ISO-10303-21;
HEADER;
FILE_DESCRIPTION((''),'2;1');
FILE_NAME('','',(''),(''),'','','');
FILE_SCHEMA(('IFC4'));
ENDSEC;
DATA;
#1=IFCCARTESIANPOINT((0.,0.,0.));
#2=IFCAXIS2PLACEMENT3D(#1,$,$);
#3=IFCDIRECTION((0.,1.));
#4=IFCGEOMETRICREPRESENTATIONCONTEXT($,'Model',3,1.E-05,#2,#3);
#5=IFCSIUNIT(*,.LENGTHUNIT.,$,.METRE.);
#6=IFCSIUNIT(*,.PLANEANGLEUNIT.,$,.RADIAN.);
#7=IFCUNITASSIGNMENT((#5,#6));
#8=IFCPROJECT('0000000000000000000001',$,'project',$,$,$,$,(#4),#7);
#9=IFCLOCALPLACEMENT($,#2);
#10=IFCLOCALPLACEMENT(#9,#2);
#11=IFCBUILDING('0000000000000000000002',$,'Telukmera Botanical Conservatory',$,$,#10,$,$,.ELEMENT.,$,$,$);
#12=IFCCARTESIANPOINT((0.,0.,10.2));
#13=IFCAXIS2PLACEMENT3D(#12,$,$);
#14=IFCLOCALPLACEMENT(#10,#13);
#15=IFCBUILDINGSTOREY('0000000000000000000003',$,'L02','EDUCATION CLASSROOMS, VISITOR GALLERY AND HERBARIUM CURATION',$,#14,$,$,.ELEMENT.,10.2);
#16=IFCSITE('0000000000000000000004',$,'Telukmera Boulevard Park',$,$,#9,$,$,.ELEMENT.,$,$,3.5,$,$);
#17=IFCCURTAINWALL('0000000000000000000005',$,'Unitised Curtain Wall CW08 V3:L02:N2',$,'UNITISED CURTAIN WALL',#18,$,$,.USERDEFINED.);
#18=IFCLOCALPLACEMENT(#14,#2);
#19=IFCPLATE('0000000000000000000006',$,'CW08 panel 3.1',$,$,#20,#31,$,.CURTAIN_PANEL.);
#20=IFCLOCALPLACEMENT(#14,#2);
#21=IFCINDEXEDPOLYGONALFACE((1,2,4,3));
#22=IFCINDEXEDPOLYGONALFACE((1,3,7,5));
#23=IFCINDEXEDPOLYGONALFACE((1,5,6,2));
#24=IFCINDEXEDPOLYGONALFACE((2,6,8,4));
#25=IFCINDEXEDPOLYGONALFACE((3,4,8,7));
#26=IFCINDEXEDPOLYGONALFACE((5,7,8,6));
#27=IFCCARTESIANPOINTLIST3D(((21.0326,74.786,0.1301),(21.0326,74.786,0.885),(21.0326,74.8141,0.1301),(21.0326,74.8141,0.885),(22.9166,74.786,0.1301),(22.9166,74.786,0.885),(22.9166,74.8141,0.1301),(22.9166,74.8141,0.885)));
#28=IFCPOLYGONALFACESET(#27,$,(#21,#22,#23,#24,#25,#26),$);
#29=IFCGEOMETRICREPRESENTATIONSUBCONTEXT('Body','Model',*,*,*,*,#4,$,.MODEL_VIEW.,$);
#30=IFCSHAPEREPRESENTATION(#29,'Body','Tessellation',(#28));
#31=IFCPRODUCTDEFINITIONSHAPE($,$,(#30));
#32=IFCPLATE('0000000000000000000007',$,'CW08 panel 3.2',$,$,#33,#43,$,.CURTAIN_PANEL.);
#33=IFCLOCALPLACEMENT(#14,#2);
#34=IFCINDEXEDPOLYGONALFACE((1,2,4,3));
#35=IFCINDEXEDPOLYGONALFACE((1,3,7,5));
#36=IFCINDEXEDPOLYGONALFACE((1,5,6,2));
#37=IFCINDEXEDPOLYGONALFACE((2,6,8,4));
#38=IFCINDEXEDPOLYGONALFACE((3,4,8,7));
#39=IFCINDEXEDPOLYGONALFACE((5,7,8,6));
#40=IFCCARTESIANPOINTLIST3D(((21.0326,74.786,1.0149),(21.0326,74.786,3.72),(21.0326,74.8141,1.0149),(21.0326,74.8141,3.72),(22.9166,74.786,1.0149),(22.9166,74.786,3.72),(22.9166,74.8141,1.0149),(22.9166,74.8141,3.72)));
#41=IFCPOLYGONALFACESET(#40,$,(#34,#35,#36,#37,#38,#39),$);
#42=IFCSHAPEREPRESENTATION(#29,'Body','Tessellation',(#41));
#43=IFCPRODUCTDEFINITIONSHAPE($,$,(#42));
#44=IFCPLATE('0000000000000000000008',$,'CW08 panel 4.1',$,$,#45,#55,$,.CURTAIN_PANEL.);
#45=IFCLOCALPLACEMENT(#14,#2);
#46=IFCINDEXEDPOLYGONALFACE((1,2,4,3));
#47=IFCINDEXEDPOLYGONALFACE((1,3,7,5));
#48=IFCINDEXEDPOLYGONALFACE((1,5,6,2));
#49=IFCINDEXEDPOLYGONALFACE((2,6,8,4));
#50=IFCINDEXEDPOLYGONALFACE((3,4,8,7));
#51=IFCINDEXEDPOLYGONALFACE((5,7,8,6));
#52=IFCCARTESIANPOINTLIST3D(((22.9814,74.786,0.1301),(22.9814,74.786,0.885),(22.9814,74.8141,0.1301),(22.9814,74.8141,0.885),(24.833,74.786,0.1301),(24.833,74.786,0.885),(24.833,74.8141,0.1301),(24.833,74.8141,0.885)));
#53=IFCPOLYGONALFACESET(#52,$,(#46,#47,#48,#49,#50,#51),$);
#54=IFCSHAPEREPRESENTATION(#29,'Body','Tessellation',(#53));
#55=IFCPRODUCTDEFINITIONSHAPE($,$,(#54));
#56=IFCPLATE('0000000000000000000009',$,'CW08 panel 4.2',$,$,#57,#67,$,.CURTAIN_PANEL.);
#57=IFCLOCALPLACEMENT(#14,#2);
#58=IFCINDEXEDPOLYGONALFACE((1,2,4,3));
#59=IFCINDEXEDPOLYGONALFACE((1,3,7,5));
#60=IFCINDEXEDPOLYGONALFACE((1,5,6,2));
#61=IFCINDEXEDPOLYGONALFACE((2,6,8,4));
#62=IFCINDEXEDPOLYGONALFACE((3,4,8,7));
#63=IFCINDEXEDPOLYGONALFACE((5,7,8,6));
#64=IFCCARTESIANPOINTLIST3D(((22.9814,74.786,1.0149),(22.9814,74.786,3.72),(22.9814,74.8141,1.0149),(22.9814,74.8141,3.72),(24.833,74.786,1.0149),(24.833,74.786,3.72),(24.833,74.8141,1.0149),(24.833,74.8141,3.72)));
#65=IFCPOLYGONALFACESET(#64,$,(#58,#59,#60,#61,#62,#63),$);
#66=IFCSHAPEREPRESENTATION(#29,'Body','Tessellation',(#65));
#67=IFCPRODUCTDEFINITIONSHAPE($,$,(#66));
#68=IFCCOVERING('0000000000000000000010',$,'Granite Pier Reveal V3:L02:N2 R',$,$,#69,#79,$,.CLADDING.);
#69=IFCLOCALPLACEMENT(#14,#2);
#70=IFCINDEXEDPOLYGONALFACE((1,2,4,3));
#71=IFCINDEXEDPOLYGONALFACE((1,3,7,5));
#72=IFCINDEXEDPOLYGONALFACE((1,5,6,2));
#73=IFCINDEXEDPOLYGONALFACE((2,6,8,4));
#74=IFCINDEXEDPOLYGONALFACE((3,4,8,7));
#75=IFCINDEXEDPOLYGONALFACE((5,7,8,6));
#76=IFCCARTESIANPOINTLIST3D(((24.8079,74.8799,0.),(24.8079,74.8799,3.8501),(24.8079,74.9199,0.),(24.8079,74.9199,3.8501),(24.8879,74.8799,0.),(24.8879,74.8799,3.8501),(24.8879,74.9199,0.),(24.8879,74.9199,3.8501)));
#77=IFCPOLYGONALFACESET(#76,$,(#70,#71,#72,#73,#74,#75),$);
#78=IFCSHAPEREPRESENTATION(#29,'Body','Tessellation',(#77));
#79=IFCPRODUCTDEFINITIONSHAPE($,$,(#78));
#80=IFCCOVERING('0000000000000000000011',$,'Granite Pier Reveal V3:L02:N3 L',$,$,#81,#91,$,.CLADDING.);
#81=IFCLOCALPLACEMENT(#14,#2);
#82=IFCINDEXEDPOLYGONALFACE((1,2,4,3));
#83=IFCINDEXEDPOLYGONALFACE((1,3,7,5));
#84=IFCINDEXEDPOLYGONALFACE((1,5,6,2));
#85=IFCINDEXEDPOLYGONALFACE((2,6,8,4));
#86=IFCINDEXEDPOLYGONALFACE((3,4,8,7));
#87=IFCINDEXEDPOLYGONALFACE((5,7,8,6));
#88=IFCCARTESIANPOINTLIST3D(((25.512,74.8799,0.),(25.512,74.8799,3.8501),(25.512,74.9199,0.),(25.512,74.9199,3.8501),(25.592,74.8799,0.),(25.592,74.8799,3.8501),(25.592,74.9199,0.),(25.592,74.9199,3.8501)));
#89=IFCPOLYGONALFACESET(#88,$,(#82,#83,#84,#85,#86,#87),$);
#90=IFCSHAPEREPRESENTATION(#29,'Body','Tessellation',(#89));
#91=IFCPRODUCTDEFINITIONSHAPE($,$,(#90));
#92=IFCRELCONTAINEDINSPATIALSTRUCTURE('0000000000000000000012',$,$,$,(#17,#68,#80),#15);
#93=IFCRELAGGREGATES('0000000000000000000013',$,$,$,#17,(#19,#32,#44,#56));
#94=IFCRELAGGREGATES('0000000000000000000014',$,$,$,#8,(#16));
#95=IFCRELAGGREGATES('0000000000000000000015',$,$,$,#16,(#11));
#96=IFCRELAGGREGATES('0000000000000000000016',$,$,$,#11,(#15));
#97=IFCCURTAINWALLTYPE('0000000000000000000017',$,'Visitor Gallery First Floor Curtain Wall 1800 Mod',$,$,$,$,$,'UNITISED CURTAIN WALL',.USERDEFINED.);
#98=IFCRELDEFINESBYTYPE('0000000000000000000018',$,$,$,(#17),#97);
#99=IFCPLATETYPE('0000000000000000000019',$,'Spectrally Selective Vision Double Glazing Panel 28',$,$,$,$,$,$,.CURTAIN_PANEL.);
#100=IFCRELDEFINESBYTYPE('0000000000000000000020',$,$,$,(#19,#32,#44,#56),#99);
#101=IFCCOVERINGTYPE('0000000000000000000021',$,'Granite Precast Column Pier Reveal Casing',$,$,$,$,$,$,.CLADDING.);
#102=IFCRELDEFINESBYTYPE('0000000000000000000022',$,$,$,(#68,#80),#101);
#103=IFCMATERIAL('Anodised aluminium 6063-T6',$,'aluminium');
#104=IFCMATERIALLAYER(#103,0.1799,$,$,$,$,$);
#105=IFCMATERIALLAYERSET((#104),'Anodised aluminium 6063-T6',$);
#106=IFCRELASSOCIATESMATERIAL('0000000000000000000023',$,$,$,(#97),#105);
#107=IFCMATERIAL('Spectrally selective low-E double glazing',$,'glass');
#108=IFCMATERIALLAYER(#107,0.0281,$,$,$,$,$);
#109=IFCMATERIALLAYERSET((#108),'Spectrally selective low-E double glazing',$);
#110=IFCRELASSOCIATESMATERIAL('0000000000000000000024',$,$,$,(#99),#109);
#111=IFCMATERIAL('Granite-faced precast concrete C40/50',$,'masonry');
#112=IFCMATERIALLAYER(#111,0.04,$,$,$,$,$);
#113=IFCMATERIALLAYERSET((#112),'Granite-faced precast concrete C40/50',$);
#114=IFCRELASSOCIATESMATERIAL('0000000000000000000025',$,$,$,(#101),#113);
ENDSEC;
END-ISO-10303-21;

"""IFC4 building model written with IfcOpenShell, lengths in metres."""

from ifc_helpers import new_model, si_unit, direction, frame, origin, origin_2d, place, context, subcontext, project, spatial, rectangle, extrude, material, layer, layer_set, type_object, element, aggregate, save


model = new_model("IFC4")

# Units and contexts
model_context = context("Model", 3, precision=1e-05, world=origin(), true_north=direction((0.0, 1.0)))
body_context = subcontext(model_context, "Body", "Model", "MODEL_VIEW")
ifc_project = project(units=[si_unit("LENGTHUNIT", "METRE"), si_unit("PLANEANGLEUNIT", "RADIAN")], contexts=[model_context])

# Site, building, storey
site_placement = place(None, origin())
site = spatial("IfcSite", under=ifc_project, at=site_placement, Name="Telukmera Boulevard Park", CompositionType="ELEMENT", RefElevation=3.5)
building_placement = place(site_placement, origin())
building = spatial("IfcBuilding", under=site, at=building_placement, Name="Telukmera Botanical Conservatory", CompositionType="ELEMENT")
storey_placement = place(building_placement, frame((0.0, 0.0, 10.2)))
storey = spatial("IfcBuildingStorey", under=building, at=storey_placement, Name="L02", Description="EDUCATION CLASSROOMS, VISITOR GALLERY AND HERBARIUM CURATION", CompositionType="ELEMENT", Elevation=10.2)

# Curtain wall
ifc_material_1 = material(Name="Anodised aluminium 6063-T6", Category="aluminium")
ifc_layer_1 = layer(ifc_material_1, 0.1799)
ifc_layer_set_1 = layer_set([ifc_layer_1], Name="Anodised aluminium 6063-T6")
curtain_wall_type_1 = type_object("IfcCurtainWallType", Name="Visitor Gallery First Floor Curtain Wall 1800 Mod", ElementType="UNITISED CURTAIN WALL", PredefinedType="USERDEFINED", material=ifc_layer_set_1)
curtain_wall_1_placement = place(storey_placement, origin())
curtain_wall_1 = element("IfcCurtainWall", 1, at=curtain_wall_1_placement, inside=storey, type_object=curtain_wall_type_1, Name="Unitised Curtain Wall CW08 V3:L02:N2", ObjectType="UNITISED CURTAIN WALL", PredefinedType="USERDEFINED")

# Plates
ifc_material_2 = material(Name="Spectrally selective low-E double glazing", Category="glass")
ifc_layer_2 = layer(ifc_material_2, 0.0281)
ifc_layer_set_2 = layer_set([ifc_layer_2], Name="Spectrally selective low-E double glazing")
plate_type = type_object("IfcPlateType", Name="Spectrally Selective Vision Double Glazing Panel 28", PredefinedType="CURTAIN_PANEL", material=ifc_layer_set_2)
plate_1_placement = place(storey_placement, frame((21.9746, 74.8, 0.1301), z_axis=(0.0, 0.0, 1.0), x_axis=(1.0, 0.0, 0.0)))
plate_1 = element("IfcPlate", 2, at=plate_1_placement, type_object=plate_type, Name="CW08 panel 3.1", PredefinedType="CURTAIN_PANEL", context=body_context, shape_type="SweptSolid", body=[
    extrude(rectangle(XDim=1.884, YDim=0.0281, at=origin_2d()), origin(), (0.0, 0.0, 1.0), 0.7549),
])
plate_2_placement = place(storey_placement, frame((21.9746, 74.8, 1.0149), z_axis=(0.0, 0.0, 1.0), x_axis=(1.0, 0.0, 0.0)))
plate_2 = element("IfcPlate", 3, at=plate_2_placement, type_object=plate_type, Name="CW08 panel 3.2", PredefinedType="CURTAIN_PANEL", context=body_context, shape_type="SweptSolid", body=[
    extrude(rectangle(XDim=1.884, YDim=0.0281, at=origin_2d()), origin(), (0.0, 0.0, 1.0), 2.7051),
])
plate_3_placement = place(storey_placement, frame((23.9072, 74.8, 0.1301), z_axis=(0.0, 0.0, 1.0), x_axis=(1.0, 0.0, 0.0)))
plate_3 = element("IfcPlate", 4, at=plate_3_placement, type_object=plate_type, Name="CW08 panel 4.1", PredefinedType="CURTAIN_PANEL", context=body_context, shape_type="SweptSolid", body=[
    extrude(rectangle(XDim=1.8516, YDim=0.0281, at=origin_2d()), origin(), (0.0, 0.0, 1.0), 0.7549),
])
plate_4_placement = place(storey_placement, frame((23.9072, 74.8, 1.0149), z_axis=(0.0, 0.0, 1.0), x_axis=(1.0, 0.0, 0.0)))
plate_4 = element("IfcPlate", 5, at=plate_4_placement, type_object=plate_type, Name="CW08 panel 4.2", PredefinedType="CURTAIN_PANEL", context=body_context, shape_type="SweptSolid", body=[
    extrude(rectangle(XDim=1.8516, YDim=0.0281, at=origin_2d()), origin(), (0.0, 0.0, 1.0), 2.7051),
])
aggregate(curtain_wall_1, [plate_1, plate_2, plate_3, plate_4])

# Coverings
ifc_material_3 = material(Name="Granite-faced precast concrete C40/50", Category="masonry")
ifc_layer_3 = layer(ifc_material_3, 0.04)
ifc_layer_set_3 = layer_set([ifc_layer_3], Name="Granite-faced precast concrete C40/50")
covering_type = type_object("IfcCoveringType", Name="Granite Precast Column Pier Reveal Casing", PredefinedType="CLADDING", material=ifc_layer_set_3)
for number, where, z_axis, x_axis, name in (
    (6, (24.8479, 74.8999, 0.0), (0.0, 0.0, 1.0), (1.0, 0.0, 0.0), "Granite Pier Reveal V3:L02:N2 R"),
    (7, (25.552, 74.8999, 0.0), (0.0, 0.0, 1.0), (1.0, 0.0, 0.0), "Granite Pier Reveal V3:L02:N3 L"),
):
    element("IfcCovering", number, at=place(storey_placement, frame(where, z_axis=z_axis, x_axis=x_axis)), inside=storey, type_object=covering_type, Name=name, PredefinedType="CLADDING", context=body_context, shape_type="SweptSolid", body=[
        extrude(rectangle(XDim=0.0801, YDim=0.04, at=origin_2d()), origin(), (0.0, 0.0, 1.0), 3.8501),
    ])

save(model, "model.ifc")
